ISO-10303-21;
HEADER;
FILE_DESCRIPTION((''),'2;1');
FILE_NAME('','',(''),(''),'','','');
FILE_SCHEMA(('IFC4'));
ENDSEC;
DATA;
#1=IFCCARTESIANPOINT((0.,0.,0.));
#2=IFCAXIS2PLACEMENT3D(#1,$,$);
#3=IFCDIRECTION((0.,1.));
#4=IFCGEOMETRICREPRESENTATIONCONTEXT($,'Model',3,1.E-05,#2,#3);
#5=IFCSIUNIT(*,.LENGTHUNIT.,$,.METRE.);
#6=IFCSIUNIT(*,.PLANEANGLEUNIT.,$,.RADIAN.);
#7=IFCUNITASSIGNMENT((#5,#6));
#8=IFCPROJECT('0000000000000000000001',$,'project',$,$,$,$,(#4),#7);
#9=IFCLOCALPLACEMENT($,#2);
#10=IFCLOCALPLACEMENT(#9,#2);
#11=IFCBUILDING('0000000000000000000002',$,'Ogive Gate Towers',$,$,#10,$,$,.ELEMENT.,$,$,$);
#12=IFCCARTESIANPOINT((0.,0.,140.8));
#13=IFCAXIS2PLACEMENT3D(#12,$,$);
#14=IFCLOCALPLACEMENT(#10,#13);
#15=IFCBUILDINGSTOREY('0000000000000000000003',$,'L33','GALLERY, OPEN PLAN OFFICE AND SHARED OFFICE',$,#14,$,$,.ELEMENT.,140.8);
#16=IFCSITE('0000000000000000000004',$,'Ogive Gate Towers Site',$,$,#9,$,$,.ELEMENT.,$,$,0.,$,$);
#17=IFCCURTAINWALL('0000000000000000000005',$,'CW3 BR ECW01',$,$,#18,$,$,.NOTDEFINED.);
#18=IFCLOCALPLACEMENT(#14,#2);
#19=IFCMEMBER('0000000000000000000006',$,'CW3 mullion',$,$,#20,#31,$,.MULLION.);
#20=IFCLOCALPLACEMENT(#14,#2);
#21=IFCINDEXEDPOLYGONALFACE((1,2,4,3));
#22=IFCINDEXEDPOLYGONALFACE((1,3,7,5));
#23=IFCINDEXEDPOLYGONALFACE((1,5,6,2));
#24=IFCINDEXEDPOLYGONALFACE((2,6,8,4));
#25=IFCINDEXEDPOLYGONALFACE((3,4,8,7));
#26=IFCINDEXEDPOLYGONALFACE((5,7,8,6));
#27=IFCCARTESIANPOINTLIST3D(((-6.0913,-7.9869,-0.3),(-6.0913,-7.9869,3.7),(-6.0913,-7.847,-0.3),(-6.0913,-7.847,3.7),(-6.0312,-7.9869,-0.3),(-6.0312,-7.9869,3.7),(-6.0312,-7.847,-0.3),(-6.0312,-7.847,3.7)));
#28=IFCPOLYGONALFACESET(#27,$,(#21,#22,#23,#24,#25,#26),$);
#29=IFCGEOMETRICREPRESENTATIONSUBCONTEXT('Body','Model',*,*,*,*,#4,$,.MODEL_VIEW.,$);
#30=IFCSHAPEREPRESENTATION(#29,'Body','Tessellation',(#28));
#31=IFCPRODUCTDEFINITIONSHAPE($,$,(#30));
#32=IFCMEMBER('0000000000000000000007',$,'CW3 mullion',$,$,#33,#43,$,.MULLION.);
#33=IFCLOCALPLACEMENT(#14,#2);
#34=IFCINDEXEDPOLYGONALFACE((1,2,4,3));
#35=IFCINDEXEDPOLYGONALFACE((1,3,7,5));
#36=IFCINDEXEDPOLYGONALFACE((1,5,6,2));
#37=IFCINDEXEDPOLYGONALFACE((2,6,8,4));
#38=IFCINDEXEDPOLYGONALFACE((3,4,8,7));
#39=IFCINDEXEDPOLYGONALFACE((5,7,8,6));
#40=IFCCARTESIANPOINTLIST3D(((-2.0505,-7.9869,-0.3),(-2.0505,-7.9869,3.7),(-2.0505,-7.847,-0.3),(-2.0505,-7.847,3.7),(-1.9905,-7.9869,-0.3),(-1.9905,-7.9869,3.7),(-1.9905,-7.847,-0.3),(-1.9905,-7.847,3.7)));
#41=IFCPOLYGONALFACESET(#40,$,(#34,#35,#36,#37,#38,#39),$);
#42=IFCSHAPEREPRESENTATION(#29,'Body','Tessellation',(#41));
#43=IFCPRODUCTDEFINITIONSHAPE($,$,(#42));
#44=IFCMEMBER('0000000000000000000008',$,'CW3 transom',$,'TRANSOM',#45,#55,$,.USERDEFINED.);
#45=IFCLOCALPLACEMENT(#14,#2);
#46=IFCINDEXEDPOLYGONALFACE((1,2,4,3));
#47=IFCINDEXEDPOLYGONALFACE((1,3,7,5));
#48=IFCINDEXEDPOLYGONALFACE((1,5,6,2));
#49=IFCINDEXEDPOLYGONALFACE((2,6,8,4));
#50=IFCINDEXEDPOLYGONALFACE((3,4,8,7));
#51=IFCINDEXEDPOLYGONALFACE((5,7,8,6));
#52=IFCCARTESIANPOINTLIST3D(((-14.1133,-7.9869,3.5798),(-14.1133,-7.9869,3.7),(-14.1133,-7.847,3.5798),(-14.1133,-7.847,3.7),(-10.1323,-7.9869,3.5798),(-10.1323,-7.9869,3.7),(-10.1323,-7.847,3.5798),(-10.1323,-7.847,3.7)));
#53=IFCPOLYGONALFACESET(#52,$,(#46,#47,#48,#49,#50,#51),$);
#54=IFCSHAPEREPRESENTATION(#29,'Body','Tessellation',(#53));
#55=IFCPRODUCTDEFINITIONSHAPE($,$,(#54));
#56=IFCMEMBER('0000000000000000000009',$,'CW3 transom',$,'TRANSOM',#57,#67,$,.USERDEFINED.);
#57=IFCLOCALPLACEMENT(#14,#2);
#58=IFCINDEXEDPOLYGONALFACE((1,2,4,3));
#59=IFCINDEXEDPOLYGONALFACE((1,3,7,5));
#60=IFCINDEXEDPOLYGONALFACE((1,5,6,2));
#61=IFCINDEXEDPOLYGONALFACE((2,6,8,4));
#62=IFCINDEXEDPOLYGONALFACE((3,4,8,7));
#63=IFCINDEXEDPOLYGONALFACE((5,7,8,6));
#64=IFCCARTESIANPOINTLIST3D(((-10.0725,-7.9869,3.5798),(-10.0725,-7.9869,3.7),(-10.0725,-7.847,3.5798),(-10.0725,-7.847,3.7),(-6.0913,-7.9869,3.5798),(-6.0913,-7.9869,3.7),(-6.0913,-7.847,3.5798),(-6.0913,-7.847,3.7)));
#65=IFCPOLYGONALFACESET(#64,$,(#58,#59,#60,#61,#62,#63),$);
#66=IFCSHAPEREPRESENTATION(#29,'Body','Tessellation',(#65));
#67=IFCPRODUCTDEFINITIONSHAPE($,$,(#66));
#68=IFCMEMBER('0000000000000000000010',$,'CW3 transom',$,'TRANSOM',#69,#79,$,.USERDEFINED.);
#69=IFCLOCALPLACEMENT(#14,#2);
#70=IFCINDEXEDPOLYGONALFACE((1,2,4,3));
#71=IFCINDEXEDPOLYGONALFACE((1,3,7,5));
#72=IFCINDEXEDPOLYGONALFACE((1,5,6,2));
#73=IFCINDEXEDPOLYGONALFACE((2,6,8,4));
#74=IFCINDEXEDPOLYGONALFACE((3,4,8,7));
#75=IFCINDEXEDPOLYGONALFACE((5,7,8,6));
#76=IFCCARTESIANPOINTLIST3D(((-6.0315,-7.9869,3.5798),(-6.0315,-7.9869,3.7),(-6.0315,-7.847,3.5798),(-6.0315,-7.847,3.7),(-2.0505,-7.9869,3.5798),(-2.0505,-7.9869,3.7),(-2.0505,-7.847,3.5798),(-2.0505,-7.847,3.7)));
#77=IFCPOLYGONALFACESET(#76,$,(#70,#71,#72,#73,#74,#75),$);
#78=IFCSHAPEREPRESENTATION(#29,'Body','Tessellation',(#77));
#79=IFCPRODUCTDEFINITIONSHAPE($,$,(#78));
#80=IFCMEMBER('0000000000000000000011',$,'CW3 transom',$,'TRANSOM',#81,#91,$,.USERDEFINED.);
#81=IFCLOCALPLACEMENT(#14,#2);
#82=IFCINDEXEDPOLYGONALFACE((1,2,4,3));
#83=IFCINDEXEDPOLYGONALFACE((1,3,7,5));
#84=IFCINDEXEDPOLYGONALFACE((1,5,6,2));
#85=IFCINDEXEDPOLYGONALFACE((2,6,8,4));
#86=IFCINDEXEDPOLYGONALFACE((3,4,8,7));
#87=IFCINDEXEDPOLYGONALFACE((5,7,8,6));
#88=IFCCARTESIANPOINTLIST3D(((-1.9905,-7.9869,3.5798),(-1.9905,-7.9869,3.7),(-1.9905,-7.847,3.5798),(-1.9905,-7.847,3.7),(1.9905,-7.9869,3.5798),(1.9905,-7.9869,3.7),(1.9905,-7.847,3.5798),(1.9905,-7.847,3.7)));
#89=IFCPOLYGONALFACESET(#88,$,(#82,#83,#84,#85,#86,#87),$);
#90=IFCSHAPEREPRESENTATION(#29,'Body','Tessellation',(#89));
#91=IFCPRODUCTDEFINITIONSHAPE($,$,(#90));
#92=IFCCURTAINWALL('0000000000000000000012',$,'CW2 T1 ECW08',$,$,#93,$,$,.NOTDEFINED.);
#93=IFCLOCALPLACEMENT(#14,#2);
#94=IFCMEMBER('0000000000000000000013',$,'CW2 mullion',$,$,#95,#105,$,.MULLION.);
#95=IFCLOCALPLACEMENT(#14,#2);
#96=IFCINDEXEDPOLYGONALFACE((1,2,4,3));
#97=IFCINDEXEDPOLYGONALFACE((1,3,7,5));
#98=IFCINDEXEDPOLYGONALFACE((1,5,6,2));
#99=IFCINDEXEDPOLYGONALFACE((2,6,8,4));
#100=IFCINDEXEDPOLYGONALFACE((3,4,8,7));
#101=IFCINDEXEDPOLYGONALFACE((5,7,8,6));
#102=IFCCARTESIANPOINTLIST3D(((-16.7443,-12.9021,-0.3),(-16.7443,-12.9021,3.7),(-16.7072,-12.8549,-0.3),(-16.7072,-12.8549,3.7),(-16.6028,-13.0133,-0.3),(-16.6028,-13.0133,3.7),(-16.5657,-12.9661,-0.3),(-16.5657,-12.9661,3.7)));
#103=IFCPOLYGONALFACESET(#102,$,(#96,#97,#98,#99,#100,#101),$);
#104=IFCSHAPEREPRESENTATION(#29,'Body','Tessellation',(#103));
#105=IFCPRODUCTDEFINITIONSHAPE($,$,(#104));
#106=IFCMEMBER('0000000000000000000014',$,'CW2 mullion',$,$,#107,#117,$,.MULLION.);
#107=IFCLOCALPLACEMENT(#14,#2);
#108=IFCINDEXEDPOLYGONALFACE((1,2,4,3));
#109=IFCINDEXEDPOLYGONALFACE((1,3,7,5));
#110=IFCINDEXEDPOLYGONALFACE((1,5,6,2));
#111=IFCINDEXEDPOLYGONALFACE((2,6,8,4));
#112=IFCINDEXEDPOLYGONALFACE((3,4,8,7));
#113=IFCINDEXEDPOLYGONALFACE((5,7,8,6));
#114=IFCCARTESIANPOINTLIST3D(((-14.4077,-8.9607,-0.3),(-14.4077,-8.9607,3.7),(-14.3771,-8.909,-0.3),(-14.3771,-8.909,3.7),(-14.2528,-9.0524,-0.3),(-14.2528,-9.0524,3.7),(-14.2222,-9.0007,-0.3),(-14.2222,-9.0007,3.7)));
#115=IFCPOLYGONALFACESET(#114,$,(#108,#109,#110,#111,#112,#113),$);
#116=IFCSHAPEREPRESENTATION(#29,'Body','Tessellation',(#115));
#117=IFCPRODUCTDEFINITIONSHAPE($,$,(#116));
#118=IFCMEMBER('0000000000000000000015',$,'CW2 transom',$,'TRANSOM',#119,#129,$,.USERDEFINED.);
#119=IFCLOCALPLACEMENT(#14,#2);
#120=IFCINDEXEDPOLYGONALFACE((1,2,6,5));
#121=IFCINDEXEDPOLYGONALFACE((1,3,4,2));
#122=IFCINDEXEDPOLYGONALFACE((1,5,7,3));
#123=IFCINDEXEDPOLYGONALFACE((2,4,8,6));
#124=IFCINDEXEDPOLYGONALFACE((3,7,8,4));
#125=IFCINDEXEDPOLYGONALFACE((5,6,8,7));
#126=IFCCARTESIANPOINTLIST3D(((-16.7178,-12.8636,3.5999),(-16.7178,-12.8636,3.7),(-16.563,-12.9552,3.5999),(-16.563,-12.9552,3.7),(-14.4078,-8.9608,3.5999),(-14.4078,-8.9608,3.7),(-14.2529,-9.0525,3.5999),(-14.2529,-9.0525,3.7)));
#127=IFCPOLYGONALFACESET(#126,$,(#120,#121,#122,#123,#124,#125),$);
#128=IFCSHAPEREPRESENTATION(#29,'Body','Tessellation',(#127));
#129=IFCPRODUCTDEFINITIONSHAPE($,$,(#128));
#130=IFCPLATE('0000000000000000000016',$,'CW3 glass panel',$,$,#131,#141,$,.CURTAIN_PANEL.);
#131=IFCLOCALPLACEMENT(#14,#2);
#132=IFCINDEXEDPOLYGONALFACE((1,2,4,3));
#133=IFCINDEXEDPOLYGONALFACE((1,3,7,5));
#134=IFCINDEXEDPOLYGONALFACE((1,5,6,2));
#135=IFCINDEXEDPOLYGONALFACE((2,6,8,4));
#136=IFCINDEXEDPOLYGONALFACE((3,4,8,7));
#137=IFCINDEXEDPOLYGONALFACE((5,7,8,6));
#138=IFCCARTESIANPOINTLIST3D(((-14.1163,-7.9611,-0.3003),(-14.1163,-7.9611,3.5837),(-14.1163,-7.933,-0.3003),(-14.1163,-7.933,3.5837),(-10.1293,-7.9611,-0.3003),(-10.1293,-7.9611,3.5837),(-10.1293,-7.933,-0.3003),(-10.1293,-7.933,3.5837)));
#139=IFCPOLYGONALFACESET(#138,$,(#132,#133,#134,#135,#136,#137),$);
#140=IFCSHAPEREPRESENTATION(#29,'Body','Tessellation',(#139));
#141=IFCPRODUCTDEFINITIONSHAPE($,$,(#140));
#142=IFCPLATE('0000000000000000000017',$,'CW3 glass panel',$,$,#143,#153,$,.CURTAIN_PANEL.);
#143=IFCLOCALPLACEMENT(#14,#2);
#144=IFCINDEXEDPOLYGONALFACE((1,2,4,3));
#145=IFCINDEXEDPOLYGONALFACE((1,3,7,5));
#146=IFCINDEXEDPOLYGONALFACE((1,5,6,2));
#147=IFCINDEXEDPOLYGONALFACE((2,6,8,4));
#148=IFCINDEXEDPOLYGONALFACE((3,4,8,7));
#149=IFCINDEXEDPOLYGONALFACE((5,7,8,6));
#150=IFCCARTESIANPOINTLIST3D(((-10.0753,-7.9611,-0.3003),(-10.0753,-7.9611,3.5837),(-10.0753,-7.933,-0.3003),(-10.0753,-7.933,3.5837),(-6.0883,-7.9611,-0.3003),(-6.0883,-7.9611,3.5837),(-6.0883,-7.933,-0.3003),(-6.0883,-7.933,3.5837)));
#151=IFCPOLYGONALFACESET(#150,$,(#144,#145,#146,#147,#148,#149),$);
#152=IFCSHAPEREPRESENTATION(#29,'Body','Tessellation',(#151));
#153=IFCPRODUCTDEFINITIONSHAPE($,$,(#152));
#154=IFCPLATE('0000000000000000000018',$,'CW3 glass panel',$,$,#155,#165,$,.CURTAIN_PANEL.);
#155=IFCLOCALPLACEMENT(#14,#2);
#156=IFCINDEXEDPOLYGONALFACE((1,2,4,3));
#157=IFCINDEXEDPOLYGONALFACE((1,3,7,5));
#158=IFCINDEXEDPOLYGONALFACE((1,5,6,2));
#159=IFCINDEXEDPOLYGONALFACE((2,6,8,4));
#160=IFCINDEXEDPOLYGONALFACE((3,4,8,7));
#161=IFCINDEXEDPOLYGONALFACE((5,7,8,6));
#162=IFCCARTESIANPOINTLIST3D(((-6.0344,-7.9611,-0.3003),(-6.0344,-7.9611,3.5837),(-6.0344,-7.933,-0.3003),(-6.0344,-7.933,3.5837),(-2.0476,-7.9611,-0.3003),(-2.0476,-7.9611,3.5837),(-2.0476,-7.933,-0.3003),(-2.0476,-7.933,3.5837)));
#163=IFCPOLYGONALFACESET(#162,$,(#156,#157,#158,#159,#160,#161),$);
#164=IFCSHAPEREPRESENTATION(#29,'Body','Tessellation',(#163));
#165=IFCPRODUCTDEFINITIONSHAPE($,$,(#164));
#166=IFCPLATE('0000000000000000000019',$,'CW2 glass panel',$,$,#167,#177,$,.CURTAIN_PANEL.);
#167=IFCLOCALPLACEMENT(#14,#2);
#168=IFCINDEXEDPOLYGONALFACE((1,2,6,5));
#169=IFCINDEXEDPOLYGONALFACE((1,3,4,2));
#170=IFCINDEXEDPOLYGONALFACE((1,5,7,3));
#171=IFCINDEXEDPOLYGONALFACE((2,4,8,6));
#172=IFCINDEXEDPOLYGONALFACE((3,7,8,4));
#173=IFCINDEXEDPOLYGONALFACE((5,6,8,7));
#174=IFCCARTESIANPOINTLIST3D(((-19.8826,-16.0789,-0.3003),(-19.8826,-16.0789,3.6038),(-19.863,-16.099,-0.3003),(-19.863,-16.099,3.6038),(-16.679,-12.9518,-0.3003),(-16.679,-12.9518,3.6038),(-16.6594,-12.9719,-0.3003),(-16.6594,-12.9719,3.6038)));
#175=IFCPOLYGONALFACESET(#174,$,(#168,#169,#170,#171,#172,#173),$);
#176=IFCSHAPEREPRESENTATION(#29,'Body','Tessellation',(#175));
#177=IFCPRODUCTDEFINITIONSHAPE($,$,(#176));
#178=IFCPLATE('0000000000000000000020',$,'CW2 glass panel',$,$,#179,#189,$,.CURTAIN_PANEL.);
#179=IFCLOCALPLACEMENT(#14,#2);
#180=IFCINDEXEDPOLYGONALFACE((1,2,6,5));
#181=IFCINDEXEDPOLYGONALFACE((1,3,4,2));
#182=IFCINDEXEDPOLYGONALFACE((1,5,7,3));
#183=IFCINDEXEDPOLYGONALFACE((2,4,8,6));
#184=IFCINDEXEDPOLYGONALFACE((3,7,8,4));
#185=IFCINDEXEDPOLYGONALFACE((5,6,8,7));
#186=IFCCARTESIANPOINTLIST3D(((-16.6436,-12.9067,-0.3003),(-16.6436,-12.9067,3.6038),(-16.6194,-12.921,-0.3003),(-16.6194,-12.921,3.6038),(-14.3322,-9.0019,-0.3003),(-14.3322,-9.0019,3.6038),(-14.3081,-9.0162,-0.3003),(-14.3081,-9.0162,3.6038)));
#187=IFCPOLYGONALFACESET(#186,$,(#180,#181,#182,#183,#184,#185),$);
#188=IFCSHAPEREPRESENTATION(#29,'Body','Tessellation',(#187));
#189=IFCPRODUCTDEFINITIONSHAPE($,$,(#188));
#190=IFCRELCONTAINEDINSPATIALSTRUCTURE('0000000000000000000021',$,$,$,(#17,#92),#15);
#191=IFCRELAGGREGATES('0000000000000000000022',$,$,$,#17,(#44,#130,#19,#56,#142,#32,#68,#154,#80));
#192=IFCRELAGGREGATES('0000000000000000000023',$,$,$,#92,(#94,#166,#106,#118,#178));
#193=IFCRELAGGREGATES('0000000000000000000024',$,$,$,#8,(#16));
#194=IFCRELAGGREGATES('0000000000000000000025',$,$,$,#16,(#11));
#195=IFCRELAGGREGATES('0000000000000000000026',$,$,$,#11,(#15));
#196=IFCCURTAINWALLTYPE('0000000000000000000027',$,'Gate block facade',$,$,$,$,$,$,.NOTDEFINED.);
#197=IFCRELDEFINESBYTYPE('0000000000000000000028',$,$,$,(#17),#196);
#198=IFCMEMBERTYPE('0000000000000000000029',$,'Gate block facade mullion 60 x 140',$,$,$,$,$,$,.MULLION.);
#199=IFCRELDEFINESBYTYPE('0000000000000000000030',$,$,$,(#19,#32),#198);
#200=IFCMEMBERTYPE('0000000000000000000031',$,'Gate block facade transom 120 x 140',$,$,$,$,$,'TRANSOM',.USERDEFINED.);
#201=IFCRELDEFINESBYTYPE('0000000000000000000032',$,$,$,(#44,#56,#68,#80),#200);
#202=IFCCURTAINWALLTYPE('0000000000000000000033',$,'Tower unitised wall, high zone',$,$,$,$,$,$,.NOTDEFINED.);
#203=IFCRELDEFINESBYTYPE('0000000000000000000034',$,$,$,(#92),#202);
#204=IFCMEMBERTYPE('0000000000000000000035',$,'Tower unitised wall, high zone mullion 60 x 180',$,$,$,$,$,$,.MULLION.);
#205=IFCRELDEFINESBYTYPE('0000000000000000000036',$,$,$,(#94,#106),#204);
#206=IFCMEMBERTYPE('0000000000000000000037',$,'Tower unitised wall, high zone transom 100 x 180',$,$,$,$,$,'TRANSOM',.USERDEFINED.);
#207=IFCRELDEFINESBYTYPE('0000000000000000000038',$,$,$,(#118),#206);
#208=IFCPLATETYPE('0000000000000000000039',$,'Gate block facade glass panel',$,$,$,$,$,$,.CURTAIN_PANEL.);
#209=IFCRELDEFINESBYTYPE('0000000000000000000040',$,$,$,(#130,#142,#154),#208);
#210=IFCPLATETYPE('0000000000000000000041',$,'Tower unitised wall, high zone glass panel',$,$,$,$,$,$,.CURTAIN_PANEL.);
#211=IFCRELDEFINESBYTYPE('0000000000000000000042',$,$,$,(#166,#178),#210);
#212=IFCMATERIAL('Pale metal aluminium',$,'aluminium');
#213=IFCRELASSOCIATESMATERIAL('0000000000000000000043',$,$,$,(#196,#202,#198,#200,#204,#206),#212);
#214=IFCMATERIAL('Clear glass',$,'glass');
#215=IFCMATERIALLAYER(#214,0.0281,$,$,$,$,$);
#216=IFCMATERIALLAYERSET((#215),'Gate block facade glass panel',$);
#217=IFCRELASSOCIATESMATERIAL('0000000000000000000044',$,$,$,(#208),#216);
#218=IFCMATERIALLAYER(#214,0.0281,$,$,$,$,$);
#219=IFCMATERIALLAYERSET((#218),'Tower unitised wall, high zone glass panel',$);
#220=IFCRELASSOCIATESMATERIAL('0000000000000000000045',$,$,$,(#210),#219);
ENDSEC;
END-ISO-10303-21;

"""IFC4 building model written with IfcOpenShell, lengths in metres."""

from ifc_helpers import new_model, si_unit, direction, frame, origin, origin_2d, place, context, subcontext, project, spatial, rectangle, extrude, material, layer, layer_set, material_profile, profile_set, type_object, element, aggregate, save


model = new_model("IFC4")

# Units and contexts
model_context = context("Model", 3, precision=1e-05, world=origin(), true_north=direction((0.0, 1.0)))
body_context = subcontext(model_context, "Body", "Model", "MODEL_VIEW")
ifc_project = project(units=[si_unit("LENGTHUNIT", "METRE"), si_unit("PLANEANGLEUNIT", "RADIAN")], contexts=[model_context])

# Site, building, storey
site_placement = place(None, origin())
site = spatial("IfcSite", under=ifc_project, at=site_placement, Name="Ogive Gate Towers Site", CompositionType="ELEMENT", RefElevation=0.0)
building_placement = place(site_placement, origin())
building = spatial("IfcBuilding", under=site, at=building_placement, Name="Ogive Gate Towers", CompositionType="ELEMENT")
storey_placement = place(building_placement, frame((0.0, 0.0, 140.8)))
storey = spatial("IfcBuildingStorey", under=building, at=storey_placement, Name="L33", Description="GALLERY, OPEN PLAN OFFICE AND SHARED OFFICE", CompositionType="ELEMENT", Elevation=140.8)

# Curtain walls, members
ifc_material_1 = material(Name="Pale metal aluminium", Category="aluminium")
curtain_wall_type_1 = type_object("IfcCurtainWallType", Name="Gate block facade", PredefinedType="NOTDEFINED", material=ifc_material_1)
curtain_wall_1_placement = place(storey_placement, origin())
curtain_wall_1 = element("IfcCurtainWall", 1, at=curtain_wall_1_placement, inside=storey, type_object=curtain_wall_type_1, Name="CW3 BR ECW01", PredefinedType="NOTDEFINED")
ifc_material_profile_1 = material_profile(ifc_material_1, rectangle(XDim=0.1399, YDim=0.0601, at=origin_2d()), Name="60 x 140 aluminium box")
ifc_profile_set_1 = profile_set([ifc_material_profile_1], Name="Pale metal aluminium")
member_type_1 = type_object("IfcMemberType", Name="Gate block facade mullion 60 x 140", PredefinedType="MULLION", material=ifc_profile_set_1)
member_1_placement = place(storey_placement, frame((-6.0613, -7.917, -0.3), z_axis=(0.0, 0.0, 1.0), x_axis=(0.0, -1.0, 0.0)))
member_1 = element("IfcMember", 2, at=member_1_placement, type_object=member_type_1, Name="CW3 mullion", PredefinedType="MULLION", context=body_context, shape_type="SweptSolid", body=[
    extrude(rectangle(XDim=0.1399, YDim=0.0601, at=origin_2d()), origin(), (0.0, 0.0, 1.0), 4.0),
])
member_2_placement = place(storey_placement, frame((-2.0205, -7.917, -0.3), z_axis=(0.0, 0.0, 1.0), x_axis=(0.0, -1.0, 0.0)))
member_2 = element("IfcMember", 3, at=member_2_placement, type_object=member_type_1, Name="CW3 mullion", PredefinedType="MULLION", context=body_context, shape_type="SweptSolid", body=[
    extrude(rectangle(XDim=0.1399, YDim=0.0601, at=origin_2d()), origin(), (0.0, 0.0, 1.0), 4.0),
])
ifc_material_profile_2 = material_profile(ifc_material_1, rectangle(XDim=0.1399, YDim=0.1201, at=origin_2d()), Name="120 x 140 aluminium box")
ifc_profile_set_2 = profile_set([ifc_material_profile_2], Name="Pale metal aluminium")
member_type_2 = type_object("IfcMemberType", Name="Gate block facade transom 120 x 140", ElementType="TRANSOM", PredefinedType="USERDEFINED", material=ifc_profile_set_2)
member_3_placement = place(storey_placement, frame((-14.1133, -7.917, 3.6399), z_axis=(1.0, 0.0, 0.0), x_axis=(0.0, 1.0, 0.0)))
member_3 = element("IfcMember", 4, at=member_3_placement, type_object=member_type_2, Name="CW3 transom", ObjectType="TRANSOM", PredefinedType="USERDEFINED", context=body_context, shape_type="SweptSolid", body=[
    extrude(rectangle(XDim=0.1399, YDim=0.1201, at=origin_2d()), origin(), (0.0, 0.0, 1.0), 3.981),
])
member_4_placement = place(storey_placement, frame((-10.0725, -7.917, 3.6399), z_axis=(1.0, 0.0, 0.0), x_axis=(0.0, 1.0, 0.0)))
member_4 = element("IfcMember", 5, at=member_4_placement, type_object=member_type_2, Name="CW3 transom", ObjectType="TRANSOM", PredefinedType="USERDEFINED", context=body_context, shape_type="SweptSolid", body=[
    extrude(rectangle(XDim=0.1399, YDim=0.1201, at=origin_2d()), origin(), (0.0, 0.0, 1.0), 3.9812),
])
member_5_placement = place(storey_placement, frame((-6.0315, -7.917, 3.6399), z_axis=(1.0, 0.0, 0.0), x_axis=(0.0, 1.0, 0.0)))
member_5 = element("IfcMember", 6, at=member_5_placement, type_object=member_type_2, Name="CW3 transom", ObjectType="TRANSOM", PredefinedType="USERDEFINED", context=body_context, shape_type="SweptSolid", body=[
    extrude(rectangle(XDim=0.1399, YDim=0.1201, at=origin_2d()), origin(), (0.0, 0.0, 1.0), 3.981),
])
member_6_placement = place(storey_placement, frame((-1.9905, -7.917, 3.6399), z_axis=(1.0, 0.0, 0.0), x_axis=(0.0, 1.0, 0.0)))
member_6 = element("IfcMember", 7, at=member_6_placement, type_object=member_type_2, Name="CW3 transom", ObjectType="TRANSOM", PredefinedType="USERDEFINED", context=body_context, shape_type="SweptSolid", body=[
    extrude(rectangle(XDim=0.1399, YDim=0.1201, at=origin_2d()), origin(), (0.0, 0.0, 1.0), 3.981),
])
curtain_wall_type_2 = type_object("IfcCurtainWallType", Name="Tower unitised wall, high zone", PredefinedType="NOTDEFINED", material=ifc_material_1)
curtain_wall_2_placement = place(storey_placement, origin())
curtain_wall_2 = element("IfcCurtainWall", 8, at=curtain_wall_2_placement, inside=storey, type_object=curtain_wall_type_2, Name="CW2 T1 ECW08", PredefinedType="NOTDEFINED")
ifc_material_profile_3 = material_profile(ifc_material_1, rectangle(XDim=0.1799, YDim=0.0601, at=origin_2d()), Name="60 x 180 aluminium box")
ifc_profile_set_3 = profile_set([ifc_material_profile_3], Name="Pale metal aluminium")
member_type_3 = type_object("IfcMemberType", Name="Tower unitised wall, high zone mullion 60 x 180", PredefinedType="MULLION", material=ifc_profile_set_3)
member_7_placement = place(storey_placement, frame((-16.655, -12.9341, -0.3), z_axis=(0.0, 0.0, 1.0), x_axis=(0.786321, -0.617818, 0.0)))
member_7 = element("IfcMember", 9, at=member_7_placement, type_object=member_type_3, Name="CW2 mullion", PredefinedType="MULLION", context=body_context, shape_type="SweptSolid", body=[
    extrude(rectangle(XDim=0.1799, YDim=0.0601, at=origin_2d()), origin(), (0.0, 0.0, 1.0), 4.0),
])
member_8_placement = place(storey_placement, frame((-14.3149, -8.9807, -0.3), z_axis=(0.0, 0.0, 1.0), x_axis=(0.860547, -0.509372, 0.0)))
member_8 = element("IfcMember", 10, at=member_8_placement, type_object=member_type_3, Name="CW2 mullion", PredefinedType="MULLION", context=body_context, shape_type="SweptSolid", body=[
    extrude(rectangle(XDim=0.1799, YDim=0.0601, at=origin_2d()), origin(), (0.0, 0.0, 1.0), 4.0),
])
ifc_material_profile_4 = material_profile(ifc_material_1, rectangle(XDim=0.1799, YDim=0.1001, at=origin_2d()), Name="100 x 180 aluminium box")
ifc_profile_set_4 = profile_set([ifc_material_profile_4], Name="Pale metal aluminium")
member_type_4 = type_object("IfcMemberType", Name="Tower unitised wall, high zone transom 100 x 180", ElementType="TRANSOM", PredefinedType="USERDEFINED", material=ifc_profile_set_4)
member_9_placement = place(storey_placement, frame((-16.6404, -12.9094, 3.6499), z_axis=(0.509357, 0.860555, 0.0), x_axis=(-0.860555, 0.509357, 0.0)))
member_9 = element("IfcMember", 11, at=member_9_placement, type_object=member_type_4, Name="CW2 transom", ObjectType="TRANSOM", PredefinedType="USERDEFINED", context=body_context, shape_type="SweptSolid", body=[
    extrude(rectangle(XDim=0.1799, YDim=0.1001, at=origin_2d()), origin(), (0.0, 0.0, 1.0), 4.5352),
])

# Plates
ifc_material_2 = material(Name="Clear glass", Category="glass")
ifc_layer_1 = layer(ifc_material_2, 0.0281)
ifc_layer_set_1 = layer_set([ifc_layer_1], Name="Gate block facade glass panel")
plate_type_1 = type_object("IfcPlateType", Name="Gate block facade glass panel", PredefinedType="CURTAIN_PANEL", material=ifc_layer_set_1)
plate_1_placement = place(storey_placement, frame((-12.1228, -7.947, -0.3003), z_axis=(0.0, 0.0, 1.0), x_axis=(1.0, 0.0, 0.0)))
plate_1 = element("IfcPlate", 12, at=plate_1_placement, type_object=plate_type_1, Name="CW3 glass panel", PredefinedType="CURTAIN_PANEL", context=body_context, shape_type="SweptSolid", body=[
    extrude(rectangle(XDim=3.9871, YDim=0.0281, at=origin_2d()), origin(), (0.0, 0.0, 1.0), 3.884),
])
plate_2_placement = place(storey_placement, frame((-8.0818, -7.947, -0.3003), z_axis=(0.0, 0.0, 1.0), x_axis=(1.0, 0.0, 0.0)))
plate_2 = element("IfcPlate", 13, at=plate_2_placement, type_object=plate_type_1, Name="CW3 glass panel", PredefinedType="CURTAIN_PANEL", context=body_context, shape_type="SweptSolid", body=[
    extrude(rectangle(XDim=3.9871, YDim=0.0281, at=origin_2d()), origin(), (0.0, 0.0, 1.0), 3.884),
])
plate_3_placement = place(storey_placement, frame((-4.041, -7.947, -0.3003), z_axis=(0.0, 0.0, 1.0), x_axis=(1.0, 0.0, 0.0)))
plate_3 = element("IfcPlate", 14, at=plate_3_placement, type_object=plate_type_1, Name="CW3 glass panel", PredefinedType="CURTAIN_PANEL", context=body_context, shape_type="SweptSolid", body=[
    extrude(rectangle(XDim=3.9868, YDim=0.0281, at=origin_2d()), origin(), (0.0, 0.0, 1.0), 3.884),
])
aggregate(curtain_wall_1, [member_3, plate_1, member_1, member_4, plate_2, member_2, member_5, plate_3, member_6])
ifc_layer_2 = layer(ifc_material_2, 0.0281)
ifc_layer_set_2 = layer_set([ifc_layer_2], Name="Tower unitised wall, high zone glass panel")
plate_type_2 = type_object("IfcPlateType", Name="Tower unitised wall, high zone glass panel", PredefinedType="CURTAIN_PANEL", material=ifc_layer_set_2)
plate_4_placement = place(storey_placement, frame((-18.271, -14.5254, -0.3003), z_axis=(0.0, 0.0, 1.0), x_axis=(0.715595, 0.698515, 0.0)))
plate_4 = element("IfcPlate", 15, at=plate_4_placement, type_object=plate_type_2, Name="CW2 glass panel", PredefinedType="CURTAIN_PANEL", context=body_context, shape_type="SweptSolid", body=[
    extrude(rectangle(XDim=4.4768, YDim=0.0281, at=origin_2d()), origin(), (0.0, 0.0, 1.0), 3.9041),
])
plate_5_placement = place(storey_placement, frame((-15.4758, -10.9614, -0.3003), z_axis=(0.0, 0.0, 1.0), x_axis=(0.509372, 0.860547, 0.0)))
plate_5 = element("IfcPlate", 16, at=plate_5_placement, type_object=plate_type_2, Name="CW2 glass panel", PredefinedType="CURTAIN_PANEL", context=body_context, shape_type="SweptSolid", body=[
    extrude(rectangle(XDim=4.5376, YDim=0.0281, at=origin_2d()), origin(), (0.0, 0.0, 1.0), 3.9041),
])
aggregate(curtain_wall_2, [member_7, plate_4, member_8, member_9, plate_5])

save(model, "model.ifc")
